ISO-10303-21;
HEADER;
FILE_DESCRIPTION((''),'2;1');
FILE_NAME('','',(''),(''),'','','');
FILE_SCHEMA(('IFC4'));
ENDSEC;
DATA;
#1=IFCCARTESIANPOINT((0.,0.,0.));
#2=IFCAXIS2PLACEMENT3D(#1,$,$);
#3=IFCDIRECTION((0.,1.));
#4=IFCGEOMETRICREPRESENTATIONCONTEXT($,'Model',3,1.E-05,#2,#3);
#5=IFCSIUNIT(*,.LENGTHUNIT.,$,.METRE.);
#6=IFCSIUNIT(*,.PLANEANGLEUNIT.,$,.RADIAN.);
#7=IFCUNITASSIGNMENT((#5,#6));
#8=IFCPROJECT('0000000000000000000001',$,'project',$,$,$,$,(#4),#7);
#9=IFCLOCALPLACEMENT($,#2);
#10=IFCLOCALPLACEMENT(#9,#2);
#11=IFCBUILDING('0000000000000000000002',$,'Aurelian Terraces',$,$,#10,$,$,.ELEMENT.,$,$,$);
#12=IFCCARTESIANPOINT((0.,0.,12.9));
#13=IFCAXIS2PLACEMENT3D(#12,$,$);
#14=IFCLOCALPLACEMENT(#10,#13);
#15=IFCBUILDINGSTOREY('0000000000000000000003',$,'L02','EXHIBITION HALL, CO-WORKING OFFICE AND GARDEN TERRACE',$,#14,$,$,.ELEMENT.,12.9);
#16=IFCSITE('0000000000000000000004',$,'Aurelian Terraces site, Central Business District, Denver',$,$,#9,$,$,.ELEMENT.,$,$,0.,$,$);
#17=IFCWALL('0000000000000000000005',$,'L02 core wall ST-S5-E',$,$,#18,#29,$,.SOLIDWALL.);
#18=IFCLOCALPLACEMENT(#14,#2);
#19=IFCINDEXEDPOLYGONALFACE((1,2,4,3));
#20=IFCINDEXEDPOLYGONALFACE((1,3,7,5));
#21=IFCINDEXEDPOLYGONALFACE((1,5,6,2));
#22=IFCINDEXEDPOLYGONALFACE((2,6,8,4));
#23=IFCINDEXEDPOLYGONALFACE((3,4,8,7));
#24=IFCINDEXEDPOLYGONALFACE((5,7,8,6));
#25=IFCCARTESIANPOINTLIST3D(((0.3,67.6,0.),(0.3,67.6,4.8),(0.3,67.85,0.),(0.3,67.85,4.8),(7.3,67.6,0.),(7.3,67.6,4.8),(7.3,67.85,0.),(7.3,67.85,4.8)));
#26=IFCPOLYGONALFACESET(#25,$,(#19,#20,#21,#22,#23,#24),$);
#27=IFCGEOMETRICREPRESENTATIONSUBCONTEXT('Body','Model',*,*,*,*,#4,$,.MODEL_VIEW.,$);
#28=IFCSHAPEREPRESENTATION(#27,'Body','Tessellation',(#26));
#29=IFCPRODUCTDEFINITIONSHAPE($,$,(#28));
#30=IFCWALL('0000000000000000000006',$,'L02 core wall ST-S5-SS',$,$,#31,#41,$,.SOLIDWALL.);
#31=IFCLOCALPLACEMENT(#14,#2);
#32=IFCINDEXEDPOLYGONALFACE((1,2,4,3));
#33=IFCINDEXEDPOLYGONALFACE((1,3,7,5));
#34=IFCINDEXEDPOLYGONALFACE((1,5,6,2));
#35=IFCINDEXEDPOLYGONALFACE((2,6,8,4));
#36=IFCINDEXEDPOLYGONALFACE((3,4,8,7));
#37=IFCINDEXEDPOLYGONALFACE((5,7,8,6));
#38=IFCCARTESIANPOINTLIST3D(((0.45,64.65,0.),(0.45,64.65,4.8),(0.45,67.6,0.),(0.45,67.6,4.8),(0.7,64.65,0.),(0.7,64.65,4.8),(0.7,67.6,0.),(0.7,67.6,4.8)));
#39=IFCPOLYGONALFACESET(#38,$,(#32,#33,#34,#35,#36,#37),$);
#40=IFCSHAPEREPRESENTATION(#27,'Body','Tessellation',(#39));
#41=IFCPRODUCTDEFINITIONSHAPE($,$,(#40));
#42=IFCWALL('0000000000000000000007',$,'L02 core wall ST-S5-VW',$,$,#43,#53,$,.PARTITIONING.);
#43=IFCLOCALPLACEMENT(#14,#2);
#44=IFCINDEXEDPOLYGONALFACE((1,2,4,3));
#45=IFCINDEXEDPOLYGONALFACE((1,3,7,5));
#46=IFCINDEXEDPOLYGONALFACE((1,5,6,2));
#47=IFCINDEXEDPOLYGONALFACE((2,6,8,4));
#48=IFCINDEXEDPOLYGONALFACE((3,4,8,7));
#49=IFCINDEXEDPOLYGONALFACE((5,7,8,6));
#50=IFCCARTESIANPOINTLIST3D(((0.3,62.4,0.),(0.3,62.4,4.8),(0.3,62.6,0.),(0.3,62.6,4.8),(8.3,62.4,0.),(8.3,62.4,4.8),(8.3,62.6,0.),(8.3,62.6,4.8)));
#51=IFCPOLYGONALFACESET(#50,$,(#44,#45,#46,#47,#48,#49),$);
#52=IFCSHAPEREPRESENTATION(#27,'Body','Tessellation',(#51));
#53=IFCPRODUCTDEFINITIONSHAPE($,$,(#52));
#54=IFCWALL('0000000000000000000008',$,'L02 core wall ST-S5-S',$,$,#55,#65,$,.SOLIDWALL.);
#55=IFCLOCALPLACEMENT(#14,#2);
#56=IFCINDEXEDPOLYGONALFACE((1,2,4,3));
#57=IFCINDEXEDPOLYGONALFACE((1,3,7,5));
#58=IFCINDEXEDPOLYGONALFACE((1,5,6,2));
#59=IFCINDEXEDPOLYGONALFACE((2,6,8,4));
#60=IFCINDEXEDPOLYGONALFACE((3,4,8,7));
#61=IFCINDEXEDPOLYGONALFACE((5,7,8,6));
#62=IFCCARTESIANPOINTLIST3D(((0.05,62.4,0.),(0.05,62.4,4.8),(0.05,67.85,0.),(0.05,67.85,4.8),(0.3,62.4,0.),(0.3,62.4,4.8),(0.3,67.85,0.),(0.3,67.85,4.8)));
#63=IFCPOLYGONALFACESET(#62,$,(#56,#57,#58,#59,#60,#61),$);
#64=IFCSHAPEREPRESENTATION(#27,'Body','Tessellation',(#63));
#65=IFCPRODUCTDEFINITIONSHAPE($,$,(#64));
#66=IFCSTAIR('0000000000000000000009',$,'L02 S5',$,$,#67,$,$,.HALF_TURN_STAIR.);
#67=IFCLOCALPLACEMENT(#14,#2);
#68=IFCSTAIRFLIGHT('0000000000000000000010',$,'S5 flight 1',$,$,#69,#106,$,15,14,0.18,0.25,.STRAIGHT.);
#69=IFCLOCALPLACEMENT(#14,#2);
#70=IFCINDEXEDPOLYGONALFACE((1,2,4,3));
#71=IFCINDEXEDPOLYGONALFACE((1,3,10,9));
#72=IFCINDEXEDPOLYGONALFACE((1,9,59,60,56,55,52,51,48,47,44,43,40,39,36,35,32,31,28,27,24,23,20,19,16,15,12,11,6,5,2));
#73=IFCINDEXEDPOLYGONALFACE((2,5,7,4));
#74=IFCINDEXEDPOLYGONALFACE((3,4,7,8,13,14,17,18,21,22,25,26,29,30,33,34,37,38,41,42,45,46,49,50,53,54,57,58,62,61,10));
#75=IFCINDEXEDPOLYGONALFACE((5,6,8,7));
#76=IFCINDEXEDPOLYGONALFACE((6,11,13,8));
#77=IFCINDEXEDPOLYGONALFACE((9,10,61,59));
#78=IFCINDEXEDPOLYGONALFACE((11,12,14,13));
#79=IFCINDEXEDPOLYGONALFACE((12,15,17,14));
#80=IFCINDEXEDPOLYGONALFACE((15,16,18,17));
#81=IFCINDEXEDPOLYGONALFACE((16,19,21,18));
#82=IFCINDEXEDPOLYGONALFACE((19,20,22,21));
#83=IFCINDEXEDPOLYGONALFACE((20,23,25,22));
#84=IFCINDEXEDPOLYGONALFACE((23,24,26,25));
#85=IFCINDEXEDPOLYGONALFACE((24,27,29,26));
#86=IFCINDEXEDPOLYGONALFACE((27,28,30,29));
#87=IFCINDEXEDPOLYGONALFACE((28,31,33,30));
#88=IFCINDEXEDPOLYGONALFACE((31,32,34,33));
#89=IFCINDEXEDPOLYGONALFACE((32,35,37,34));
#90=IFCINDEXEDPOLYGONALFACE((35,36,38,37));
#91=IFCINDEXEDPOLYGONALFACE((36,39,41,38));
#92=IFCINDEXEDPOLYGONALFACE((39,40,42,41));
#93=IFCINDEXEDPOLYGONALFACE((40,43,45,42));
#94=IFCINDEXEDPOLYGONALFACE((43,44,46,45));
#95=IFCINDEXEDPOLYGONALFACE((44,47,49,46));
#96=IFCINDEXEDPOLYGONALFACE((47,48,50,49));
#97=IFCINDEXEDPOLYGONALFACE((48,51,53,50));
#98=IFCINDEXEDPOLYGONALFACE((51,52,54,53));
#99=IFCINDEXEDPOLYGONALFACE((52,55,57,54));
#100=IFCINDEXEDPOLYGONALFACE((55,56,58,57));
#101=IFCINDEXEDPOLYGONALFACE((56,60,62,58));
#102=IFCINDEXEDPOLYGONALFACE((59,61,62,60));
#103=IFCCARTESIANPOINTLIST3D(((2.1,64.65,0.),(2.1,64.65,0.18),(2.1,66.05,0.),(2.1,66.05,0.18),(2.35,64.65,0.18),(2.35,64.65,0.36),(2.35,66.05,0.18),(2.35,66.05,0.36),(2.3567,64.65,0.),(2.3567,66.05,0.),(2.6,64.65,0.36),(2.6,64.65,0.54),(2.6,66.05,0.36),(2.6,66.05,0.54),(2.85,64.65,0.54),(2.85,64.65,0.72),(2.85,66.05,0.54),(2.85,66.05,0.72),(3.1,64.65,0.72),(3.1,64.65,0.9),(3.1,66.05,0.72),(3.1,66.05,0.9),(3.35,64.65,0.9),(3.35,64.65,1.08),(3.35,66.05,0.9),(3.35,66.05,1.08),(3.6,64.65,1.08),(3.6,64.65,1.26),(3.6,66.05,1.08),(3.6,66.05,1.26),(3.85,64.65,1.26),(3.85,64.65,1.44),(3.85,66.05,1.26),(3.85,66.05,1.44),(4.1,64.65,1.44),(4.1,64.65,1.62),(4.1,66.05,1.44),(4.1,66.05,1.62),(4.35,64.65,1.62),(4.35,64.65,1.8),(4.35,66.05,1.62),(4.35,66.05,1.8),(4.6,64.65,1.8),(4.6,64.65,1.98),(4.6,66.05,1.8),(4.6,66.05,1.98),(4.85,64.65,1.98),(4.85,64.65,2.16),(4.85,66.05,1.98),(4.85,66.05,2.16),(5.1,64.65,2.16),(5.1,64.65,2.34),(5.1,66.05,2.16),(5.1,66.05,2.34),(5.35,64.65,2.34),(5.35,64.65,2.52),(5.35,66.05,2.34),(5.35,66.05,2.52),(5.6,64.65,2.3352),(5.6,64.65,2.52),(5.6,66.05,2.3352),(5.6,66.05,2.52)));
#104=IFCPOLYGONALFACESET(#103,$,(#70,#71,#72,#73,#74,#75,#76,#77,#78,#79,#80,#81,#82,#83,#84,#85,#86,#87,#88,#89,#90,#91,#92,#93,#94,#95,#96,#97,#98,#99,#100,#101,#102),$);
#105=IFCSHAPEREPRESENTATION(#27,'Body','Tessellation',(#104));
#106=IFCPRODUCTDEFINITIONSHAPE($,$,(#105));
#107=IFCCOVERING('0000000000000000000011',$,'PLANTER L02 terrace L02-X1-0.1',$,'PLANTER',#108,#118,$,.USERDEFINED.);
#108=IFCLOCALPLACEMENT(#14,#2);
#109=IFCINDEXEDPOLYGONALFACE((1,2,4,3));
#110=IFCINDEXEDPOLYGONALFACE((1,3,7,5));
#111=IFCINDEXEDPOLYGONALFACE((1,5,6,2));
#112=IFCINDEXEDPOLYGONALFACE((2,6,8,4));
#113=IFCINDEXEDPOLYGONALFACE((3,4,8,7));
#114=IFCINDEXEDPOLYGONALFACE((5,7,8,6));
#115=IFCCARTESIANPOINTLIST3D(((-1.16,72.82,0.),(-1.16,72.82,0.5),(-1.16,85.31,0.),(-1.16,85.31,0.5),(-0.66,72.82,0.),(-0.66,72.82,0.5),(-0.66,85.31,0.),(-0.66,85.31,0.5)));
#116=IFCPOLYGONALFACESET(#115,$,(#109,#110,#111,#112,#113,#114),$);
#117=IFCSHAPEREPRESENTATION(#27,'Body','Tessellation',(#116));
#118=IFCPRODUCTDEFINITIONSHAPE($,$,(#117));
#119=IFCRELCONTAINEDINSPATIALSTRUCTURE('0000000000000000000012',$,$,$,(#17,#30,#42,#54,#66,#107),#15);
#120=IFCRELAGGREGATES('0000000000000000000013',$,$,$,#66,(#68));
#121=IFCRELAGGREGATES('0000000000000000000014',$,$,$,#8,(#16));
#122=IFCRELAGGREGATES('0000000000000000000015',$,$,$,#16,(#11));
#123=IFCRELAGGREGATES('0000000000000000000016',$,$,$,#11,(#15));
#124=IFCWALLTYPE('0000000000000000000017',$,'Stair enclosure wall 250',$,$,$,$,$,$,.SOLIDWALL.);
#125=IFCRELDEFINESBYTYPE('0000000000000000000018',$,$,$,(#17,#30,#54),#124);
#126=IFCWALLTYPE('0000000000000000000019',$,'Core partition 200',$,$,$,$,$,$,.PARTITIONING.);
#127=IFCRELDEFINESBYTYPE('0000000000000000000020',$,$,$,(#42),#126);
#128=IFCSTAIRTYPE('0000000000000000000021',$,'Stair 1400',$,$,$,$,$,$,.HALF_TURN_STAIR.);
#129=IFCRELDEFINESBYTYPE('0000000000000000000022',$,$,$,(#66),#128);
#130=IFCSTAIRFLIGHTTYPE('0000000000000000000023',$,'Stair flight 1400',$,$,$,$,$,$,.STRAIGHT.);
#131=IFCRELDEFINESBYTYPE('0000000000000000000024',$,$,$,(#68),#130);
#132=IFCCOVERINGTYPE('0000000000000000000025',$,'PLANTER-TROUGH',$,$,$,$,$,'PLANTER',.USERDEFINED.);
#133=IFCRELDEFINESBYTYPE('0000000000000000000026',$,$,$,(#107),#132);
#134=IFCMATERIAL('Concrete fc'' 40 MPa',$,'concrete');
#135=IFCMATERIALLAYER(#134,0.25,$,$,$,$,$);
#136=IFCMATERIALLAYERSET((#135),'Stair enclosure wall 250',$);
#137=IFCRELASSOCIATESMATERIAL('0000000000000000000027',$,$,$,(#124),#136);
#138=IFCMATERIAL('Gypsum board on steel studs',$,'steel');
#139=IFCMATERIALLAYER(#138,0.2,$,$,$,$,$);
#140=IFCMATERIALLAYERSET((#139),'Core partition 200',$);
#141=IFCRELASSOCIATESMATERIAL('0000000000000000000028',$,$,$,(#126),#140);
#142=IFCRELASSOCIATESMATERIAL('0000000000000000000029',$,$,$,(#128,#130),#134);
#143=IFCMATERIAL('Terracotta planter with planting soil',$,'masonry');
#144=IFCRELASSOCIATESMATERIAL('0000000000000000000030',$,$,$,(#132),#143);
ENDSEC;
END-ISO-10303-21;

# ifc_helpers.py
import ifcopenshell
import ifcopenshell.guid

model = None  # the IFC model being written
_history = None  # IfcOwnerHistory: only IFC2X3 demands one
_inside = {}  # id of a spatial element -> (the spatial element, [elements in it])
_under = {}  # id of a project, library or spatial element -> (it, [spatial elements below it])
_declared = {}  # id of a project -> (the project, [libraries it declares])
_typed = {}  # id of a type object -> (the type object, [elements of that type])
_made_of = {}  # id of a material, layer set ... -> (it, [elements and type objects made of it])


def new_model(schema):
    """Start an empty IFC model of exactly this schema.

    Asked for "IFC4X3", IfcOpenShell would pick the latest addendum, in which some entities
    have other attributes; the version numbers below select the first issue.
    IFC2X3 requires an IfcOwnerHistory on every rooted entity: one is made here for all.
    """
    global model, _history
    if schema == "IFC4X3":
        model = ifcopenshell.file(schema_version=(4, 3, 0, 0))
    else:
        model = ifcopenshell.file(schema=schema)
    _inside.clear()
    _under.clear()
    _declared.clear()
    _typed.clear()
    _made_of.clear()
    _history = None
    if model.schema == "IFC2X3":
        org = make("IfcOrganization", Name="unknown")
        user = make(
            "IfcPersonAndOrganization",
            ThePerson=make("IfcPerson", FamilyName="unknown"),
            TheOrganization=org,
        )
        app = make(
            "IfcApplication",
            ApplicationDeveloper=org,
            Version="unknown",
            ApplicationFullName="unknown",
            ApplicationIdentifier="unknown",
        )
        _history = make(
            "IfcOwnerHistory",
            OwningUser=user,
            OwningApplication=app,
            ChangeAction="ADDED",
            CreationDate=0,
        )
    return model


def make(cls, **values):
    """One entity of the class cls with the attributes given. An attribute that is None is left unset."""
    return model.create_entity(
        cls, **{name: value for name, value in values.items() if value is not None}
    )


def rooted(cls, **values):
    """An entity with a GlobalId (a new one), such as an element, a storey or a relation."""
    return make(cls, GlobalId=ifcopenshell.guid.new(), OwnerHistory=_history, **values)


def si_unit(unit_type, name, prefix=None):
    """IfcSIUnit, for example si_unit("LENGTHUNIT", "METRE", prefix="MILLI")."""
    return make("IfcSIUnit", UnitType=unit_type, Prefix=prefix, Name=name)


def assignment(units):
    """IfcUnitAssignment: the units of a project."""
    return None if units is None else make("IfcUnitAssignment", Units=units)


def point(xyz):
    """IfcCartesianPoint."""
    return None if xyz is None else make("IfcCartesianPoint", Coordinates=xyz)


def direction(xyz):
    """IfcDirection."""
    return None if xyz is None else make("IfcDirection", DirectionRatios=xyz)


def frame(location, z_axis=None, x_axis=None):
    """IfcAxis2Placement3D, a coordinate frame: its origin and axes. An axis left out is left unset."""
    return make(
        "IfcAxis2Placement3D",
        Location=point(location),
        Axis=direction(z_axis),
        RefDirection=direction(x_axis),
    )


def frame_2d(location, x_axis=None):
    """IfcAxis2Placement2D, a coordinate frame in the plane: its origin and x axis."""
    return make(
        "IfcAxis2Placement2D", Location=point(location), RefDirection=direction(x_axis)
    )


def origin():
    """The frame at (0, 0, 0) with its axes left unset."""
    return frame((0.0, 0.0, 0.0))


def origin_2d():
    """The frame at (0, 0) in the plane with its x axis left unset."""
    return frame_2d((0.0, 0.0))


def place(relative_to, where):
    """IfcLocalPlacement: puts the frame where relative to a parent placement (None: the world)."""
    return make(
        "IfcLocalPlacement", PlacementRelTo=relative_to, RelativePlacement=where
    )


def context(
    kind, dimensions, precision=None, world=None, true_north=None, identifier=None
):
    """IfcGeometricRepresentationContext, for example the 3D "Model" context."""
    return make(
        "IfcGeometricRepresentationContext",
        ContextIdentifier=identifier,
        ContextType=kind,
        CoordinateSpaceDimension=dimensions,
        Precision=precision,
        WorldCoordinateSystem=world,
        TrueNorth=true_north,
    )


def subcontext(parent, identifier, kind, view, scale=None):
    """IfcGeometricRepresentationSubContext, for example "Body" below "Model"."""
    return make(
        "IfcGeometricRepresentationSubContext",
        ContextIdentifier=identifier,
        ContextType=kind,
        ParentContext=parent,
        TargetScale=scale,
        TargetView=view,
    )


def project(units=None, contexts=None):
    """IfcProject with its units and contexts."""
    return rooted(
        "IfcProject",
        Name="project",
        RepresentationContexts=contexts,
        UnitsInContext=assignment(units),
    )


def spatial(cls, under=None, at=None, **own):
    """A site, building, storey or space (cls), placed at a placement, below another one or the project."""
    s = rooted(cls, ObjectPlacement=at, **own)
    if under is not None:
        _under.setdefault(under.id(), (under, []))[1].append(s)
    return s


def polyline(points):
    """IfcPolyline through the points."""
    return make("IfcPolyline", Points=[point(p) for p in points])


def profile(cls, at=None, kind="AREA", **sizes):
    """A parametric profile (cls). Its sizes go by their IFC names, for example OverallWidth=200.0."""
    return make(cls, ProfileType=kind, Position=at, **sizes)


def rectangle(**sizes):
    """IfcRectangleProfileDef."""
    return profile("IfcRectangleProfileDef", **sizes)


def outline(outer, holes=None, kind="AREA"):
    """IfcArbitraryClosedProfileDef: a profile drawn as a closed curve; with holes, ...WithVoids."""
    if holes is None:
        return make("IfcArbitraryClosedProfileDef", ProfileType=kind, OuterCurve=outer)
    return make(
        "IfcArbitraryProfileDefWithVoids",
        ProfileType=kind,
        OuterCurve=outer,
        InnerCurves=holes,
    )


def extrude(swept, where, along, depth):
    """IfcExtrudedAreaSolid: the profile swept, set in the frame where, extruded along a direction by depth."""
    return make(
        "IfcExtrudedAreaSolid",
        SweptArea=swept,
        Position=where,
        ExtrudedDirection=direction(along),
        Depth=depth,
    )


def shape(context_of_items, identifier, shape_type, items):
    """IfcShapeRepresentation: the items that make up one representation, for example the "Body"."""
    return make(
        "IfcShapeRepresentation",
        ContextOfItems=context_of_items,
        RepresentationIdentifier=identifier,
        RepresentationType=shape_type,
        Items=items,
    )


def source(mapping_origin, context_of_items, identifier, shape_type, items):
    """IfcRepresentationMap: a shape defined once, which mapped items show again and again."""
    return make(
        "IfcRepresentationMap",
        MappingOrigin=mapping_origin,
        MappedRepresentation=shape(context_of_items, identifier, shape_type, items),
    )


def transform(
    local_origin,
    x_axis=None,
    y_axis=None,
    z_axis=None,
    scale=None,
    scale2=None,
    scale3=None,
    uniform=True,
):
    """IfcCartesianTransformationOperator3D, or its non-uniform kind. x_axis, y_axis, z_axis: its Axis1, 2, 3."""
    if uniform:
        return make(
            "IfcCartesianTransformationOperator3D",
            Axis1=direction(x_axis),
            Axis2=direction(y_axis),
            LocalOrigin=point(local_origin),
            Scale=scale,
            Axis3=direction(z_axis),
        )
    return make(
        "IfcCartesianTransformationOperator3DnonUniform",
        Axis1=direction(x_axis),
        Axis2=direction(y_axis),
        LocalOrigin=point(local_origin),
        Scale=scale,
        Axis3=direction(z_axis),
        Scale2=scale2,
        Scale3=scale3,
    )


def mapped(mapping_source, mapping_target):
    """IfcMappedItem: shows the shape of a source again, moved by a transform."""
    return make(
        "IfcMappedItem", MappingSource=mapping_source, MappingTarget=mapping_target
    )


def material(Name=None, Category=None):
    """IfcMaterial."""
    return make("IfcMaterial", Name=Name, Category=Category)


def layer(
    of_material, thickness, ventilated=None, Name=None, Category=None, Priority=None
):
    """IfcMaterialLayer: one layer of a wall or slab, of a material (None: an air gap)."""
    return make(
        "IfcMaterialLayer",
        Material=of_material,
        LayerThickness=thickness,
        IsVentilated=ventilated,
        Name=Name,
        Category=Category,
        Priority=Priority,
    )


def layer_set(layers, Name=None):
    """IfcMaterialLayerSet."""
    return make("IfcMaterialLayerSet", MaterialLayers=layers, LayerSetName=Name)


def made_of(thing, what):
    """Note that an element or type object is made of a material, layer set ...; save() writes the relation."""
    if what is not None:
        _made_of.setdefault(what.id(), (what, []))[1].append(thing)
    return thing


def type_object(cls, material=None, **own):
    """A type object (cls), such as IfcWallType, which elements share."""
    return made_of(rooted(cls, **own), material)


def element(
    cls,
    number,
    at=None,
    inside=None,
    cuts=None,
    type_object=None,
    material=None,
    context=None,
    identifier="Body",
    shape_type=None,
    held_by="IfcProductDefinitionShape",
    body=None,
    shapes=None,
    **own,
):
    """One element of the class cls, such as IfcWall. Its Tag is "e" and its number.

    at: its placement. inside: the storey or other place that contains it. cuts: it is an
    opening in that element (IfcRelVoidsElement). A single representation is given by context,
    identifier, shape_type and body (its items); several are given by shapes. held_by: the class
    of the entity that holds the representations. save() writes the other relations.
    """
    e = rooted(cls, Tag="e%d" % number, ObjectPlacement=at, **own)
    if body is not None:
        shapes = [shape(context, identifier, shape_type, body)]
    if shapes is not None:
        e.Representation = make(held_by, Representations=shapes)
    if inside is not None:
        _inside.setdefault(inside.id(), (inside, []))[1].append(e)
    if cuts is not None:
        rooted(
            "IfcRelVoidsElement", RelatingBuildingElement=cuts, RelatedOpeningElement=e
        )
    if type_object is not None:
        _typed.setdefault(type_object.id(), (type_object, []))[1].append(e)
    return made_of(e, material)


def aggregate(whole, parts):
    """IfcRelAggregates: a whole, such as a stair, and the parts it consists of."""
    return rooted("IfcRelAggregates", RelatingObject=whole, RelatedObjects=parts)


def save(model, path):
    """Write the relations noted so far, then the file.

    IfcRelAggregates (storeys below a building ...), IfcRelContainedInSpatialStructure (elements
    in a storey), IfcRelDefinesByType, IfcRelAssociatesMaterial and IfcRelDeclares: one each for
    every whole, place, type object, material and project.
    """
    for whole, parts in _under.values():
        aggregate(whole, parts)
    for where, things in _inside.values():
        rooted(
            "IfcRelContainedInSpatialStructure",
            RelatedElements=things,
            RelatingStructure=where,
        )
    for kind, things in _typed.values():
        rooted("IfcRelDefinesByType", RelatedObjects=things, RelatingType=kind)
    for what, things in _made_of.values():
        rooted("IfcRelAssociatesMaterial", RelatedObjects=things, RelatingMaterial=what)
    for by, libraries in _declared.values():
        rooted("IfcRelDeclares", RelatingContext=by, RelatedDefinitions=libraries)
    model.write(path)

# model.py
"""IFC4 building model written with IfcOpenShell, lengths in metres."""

from ifc_helpers import new_model, si_unit, direction, frame, frame_2d, origin, origin_2d, place, context, subcontext, project, spatial, polyline, rectangle, outline, extrude, source, transform, mapped, material, layer, layer_set, type_object, element, aggregate, save


model = new_model("IFC4")

# Units and contexts
model_context = context("Model", 3, precision=1e-05, world=origin(), true_north=direction((0.0, 1.0)))
body_context = subcontext(model_context, "Body", "Model", "MODEL_VIEW")
ifc_project = project(units=[si_unit("LENGTHUNIT", "METRE"), si_unit("PLANEANGLEUNIT", "RADIAN")], contexts=[model_context])

# Site, building, storey
site_placement = place(None, origin())
site = spatial("IfcSite", under=ifc_project, at=site_placement, Name="Aurelian Terraces site, Central Business District, Denver", CompositionType="ELEMENT", RefElevation=0.0)
building_placement = place(site_placement, origin())
building = spatial("IfcBuilding", under=site, at=building_placement, Name="Aurelian Terraces", CompositionType="ELEMENT")
storey_placement = place(building_placement, frame((0.0, 0.0, 12.9)))
storey = spatial("IfcBuildingStorey", under=building, at=storey_placement, Name="L02", Description="EXHIBITION HALL, CO-WORKING OFFICE AND GARDEN TERRACE", CompositionType="ELEMENT", Elevation=12.9)

# Shared definitions
ifc_material_1 = material(Name="Concrete fc' 40 MPa", Category="concrete")
ifc_layer_1 = layer(ifc_material_1, 0.25)
ifc_layer_set_1 = layer_set([ifc_layer_1], Name="Stair enclosure wall 250")
wall_type_1 = type_object("IfcWallType", Name="Stair enclosure wall 250", PredefinedType="SOLIDWALL", material=ifc_layer_set_1)
shared_shape_1 = source(origin(), body_context, "Body", "SweptSolid", [
    extrude(rectangle(XDim=7.0, YDim=0.25, at=frame_2d((3.5, 0.0))), origin(), (0.0, 0.0, 1.0), 4.8),
])

# Walls
wall_1_placement = place(storey_placement, frame((0.3, 67.725, 0.0), z_axis=(0.0, 0.0, 1.0), x_axis=(1.0, 0.0, 0.0)))
element("IfcWall", 1, at=wall_1_placement, inside=storey, type_object=wall_type_1, Name="L02 core wall ST-S5-E", PredefinedType="SOLIDWALL", context=body_context, shape_type="MappedRepresentation", body=[
    mapped(shared_shape_1, transform((0.0, 0.0, 0.0), scale=1.0)),
])
shared_shape_2 = source(origin(), body_context, "Body", "SweptSolid", [
    extrude(rectangle(XDim=2.95, YDim=0.25, at=frame_2d((1.475, 0.0))), origin(), (0.0, 0.0, 1.0), 4.8),
])
wall_2_placement = place(storey_placement, frame((0.575, 64.65, 0.0), z_axis=(0.0, 0.0, 1.0), x_axis=(0.0, 1.0, 0.0)))
element("IfcWall", 2, at=wall_2_placement, inside=storey, type_object=wall_type_1, Name="L02 core wall ST-S5-SS", PredefinedType="SOLIDWALL", context=body_context, shape_type="MappedRepresentation", body=[
    mapped(shared_shape_2, transform((0.0, 0.0, 0.0), scale=1.0)),
])
ifc_material_2 = material(Name="Gypsum board on steel studs", Category="steel")
ifc_layer_2 = layer(ifc_material_2, 0.2)
ifc_layer_set_2 = layer_set([ifc_layer_2], Name="Core partition 200")
wall_type_2 = type_object("IfcWallType", Name="Core partition 200", PredefinedType="PARTITIONING", material=ifc_layer_set_2)
shared_shape_3 = source(origin(), body_context, "Body", "SweptSolid", [
    extrude(rectangle(XDim=8.0, YDim=0.2, at=frame_2d((4.0, 0.0))), origin(), (0.0, 0.0, 1.0), 4.8),
])
wall_3_placement = place(storey_placement, frame((0.3, 62.5, 0.0), z_axis=(0.0, 0.0, 1.0), x_axis=(1.0, 0.0, 0.0)))
element("IfcWall", 3, at=wall_3_placement, inside=storey, type_object=wall_type_2, Name="L02 core wall ST-S5-VW", PredefinedType="PARTITIONING", context=body_context, shape_type="MappedRepresentation", body=[
    mapped(shared_shape_3, transform((0.0, 0.0, 0.0), scale=1.0)),
])
shared_shape_4 = source(origin(), body_context, "Body", "SweptSolid", [
    extrude(rectangle(XDim=5.45, YDim=0.25, at=frame_2d((2.725, 0.0))), origin(), (0.0, 0.0, 1.0), 4.8),
])
wall_4_placement = place(storey_placement, frame((0.175, 62.4, 0.0), z_axis=(0.0, 0.0, 1.0), x_axis=(0.0, 1.0, 0.0)))
element("IfcWall", 4, at=wall_4_placement, inside=storey, type_object=wall_type_1, Name="L02 core wall ST-S5-S", PredefinedType="SOLIDWALL", context=body_context, shape_type="MappedRepresentation", body=[
    mapped(shared_shape_4, transform((0.0, 0.0, 0.0), scale=1.0)),
])

# Stair, stair flight
stair_type = type_object("IfcStairType", Name="Stair 1400", PredefinedType="HALF_TURN_STAIR", material=ifc_material_1)
stair_placement = place(storey_placement, origin())
stair = element("IfcStair", 5, at=stair_placement, inside=storey, type_object=stair_type, Name="L02 S5", PredefinedType="HALF_TURN_STAIR")
stair_flight_type = type_object("IfcStairFlightType", Name="Stair flight 1400", PredefinedType="STRAIGHT", material=ifc_material_1)
shared_shape_5 = source(origin(), body_context, "Body", "SweptSolid", [
    extrude(outline(polyline([(0.0, 0.0), (0.0, 0.18), (0.25, 0.18), (0.25, 0.36), (0.5, 0.36), (0.5, 0.54), (0.75, 0.54), (0.75, 0.72), (1.0, 0.72), (1.0, 0.9), (1.25, 0.9), (1.25, 1.08), (1.5, 1.08), (1.5, 1.26), (1.75, 1.26), (1.75, 1.44), (2.0, 1.44), (2.0, 1.62), (2.25, 1.62), (2.25, 1.8), (2.5, 1.8), (2.5, 1.98), (2.75, 1.98), (2.75, 2.16), (3.0, 2.16), (3.0, 2.34), (3.25, 2.34), (3.25, 2.52), (3.5, 2.52), (3.5, 2.7), (3.5, 2.3352), (0.2567, 0.0), (0.0, 0.0)])), frame((0.0, 0.7, 0.0), z_axis=(0.0, -1.0, 0.0), x_axis=(1.0, 0.0, 0.0)), (0.0, 0.0, 1.0), 1.4),
])
stair_flight_placement = place(storey_placement, frame((2.1, 65.35, 0.0), z_axis=(0.0, 0.0, 1.0), x_axis=(1.0, 0.0, 0.0)))
stair_flight = element("IfcStairFlight", 6, at=stair_flight_placement, type_object=stair_flight_type, Name="S5 flight 1", NumberOfRisers=15, NumberOfTreads=14, PredefinedType="STRAIGHT", RiserHeight=0.18, TreadLength=0.25, context=body_context, shape_type="MappedRepresentation", body=[
    mapped(shared_shape_5, transform((0.0, 0.0, 0.0), scale=1.0)),
])
aggregate(stair, [stair_flight])

# Covering
ifc_material_3 = material(Name="Terracotta planter with planting soil", Category="masonry")
covering_type = type_object("IfcCoveringType", Name="PLANTER-TROUGH", ElementType="PLANTER", PredefinedType="USERDEFINED", material=ifc_material_3)
covering_placement = place(storey_placement, frame((-0.91, 79.065, 0.0), z_axis=(0.0, 0.0, 1.0), x_axis=(1.0, 0.0, 0.0)))
element("IfcCovering", 7, at=covering_placement, inside=storey, type_object=covering_type, Name="PLANTER L02 terrace L02-X1-0.1", ObjectType="PLANTER", PredefinedType="USERDEFINED", context=body_context, shape_type="SweptSolid", body=[
    extrude(rectangle(XDim=0.5, YDim=12.49, at=origin_2d()), origin(), (0.0, 0.0, 1.0), 0.5),
])

save(model, "model.ifc")
